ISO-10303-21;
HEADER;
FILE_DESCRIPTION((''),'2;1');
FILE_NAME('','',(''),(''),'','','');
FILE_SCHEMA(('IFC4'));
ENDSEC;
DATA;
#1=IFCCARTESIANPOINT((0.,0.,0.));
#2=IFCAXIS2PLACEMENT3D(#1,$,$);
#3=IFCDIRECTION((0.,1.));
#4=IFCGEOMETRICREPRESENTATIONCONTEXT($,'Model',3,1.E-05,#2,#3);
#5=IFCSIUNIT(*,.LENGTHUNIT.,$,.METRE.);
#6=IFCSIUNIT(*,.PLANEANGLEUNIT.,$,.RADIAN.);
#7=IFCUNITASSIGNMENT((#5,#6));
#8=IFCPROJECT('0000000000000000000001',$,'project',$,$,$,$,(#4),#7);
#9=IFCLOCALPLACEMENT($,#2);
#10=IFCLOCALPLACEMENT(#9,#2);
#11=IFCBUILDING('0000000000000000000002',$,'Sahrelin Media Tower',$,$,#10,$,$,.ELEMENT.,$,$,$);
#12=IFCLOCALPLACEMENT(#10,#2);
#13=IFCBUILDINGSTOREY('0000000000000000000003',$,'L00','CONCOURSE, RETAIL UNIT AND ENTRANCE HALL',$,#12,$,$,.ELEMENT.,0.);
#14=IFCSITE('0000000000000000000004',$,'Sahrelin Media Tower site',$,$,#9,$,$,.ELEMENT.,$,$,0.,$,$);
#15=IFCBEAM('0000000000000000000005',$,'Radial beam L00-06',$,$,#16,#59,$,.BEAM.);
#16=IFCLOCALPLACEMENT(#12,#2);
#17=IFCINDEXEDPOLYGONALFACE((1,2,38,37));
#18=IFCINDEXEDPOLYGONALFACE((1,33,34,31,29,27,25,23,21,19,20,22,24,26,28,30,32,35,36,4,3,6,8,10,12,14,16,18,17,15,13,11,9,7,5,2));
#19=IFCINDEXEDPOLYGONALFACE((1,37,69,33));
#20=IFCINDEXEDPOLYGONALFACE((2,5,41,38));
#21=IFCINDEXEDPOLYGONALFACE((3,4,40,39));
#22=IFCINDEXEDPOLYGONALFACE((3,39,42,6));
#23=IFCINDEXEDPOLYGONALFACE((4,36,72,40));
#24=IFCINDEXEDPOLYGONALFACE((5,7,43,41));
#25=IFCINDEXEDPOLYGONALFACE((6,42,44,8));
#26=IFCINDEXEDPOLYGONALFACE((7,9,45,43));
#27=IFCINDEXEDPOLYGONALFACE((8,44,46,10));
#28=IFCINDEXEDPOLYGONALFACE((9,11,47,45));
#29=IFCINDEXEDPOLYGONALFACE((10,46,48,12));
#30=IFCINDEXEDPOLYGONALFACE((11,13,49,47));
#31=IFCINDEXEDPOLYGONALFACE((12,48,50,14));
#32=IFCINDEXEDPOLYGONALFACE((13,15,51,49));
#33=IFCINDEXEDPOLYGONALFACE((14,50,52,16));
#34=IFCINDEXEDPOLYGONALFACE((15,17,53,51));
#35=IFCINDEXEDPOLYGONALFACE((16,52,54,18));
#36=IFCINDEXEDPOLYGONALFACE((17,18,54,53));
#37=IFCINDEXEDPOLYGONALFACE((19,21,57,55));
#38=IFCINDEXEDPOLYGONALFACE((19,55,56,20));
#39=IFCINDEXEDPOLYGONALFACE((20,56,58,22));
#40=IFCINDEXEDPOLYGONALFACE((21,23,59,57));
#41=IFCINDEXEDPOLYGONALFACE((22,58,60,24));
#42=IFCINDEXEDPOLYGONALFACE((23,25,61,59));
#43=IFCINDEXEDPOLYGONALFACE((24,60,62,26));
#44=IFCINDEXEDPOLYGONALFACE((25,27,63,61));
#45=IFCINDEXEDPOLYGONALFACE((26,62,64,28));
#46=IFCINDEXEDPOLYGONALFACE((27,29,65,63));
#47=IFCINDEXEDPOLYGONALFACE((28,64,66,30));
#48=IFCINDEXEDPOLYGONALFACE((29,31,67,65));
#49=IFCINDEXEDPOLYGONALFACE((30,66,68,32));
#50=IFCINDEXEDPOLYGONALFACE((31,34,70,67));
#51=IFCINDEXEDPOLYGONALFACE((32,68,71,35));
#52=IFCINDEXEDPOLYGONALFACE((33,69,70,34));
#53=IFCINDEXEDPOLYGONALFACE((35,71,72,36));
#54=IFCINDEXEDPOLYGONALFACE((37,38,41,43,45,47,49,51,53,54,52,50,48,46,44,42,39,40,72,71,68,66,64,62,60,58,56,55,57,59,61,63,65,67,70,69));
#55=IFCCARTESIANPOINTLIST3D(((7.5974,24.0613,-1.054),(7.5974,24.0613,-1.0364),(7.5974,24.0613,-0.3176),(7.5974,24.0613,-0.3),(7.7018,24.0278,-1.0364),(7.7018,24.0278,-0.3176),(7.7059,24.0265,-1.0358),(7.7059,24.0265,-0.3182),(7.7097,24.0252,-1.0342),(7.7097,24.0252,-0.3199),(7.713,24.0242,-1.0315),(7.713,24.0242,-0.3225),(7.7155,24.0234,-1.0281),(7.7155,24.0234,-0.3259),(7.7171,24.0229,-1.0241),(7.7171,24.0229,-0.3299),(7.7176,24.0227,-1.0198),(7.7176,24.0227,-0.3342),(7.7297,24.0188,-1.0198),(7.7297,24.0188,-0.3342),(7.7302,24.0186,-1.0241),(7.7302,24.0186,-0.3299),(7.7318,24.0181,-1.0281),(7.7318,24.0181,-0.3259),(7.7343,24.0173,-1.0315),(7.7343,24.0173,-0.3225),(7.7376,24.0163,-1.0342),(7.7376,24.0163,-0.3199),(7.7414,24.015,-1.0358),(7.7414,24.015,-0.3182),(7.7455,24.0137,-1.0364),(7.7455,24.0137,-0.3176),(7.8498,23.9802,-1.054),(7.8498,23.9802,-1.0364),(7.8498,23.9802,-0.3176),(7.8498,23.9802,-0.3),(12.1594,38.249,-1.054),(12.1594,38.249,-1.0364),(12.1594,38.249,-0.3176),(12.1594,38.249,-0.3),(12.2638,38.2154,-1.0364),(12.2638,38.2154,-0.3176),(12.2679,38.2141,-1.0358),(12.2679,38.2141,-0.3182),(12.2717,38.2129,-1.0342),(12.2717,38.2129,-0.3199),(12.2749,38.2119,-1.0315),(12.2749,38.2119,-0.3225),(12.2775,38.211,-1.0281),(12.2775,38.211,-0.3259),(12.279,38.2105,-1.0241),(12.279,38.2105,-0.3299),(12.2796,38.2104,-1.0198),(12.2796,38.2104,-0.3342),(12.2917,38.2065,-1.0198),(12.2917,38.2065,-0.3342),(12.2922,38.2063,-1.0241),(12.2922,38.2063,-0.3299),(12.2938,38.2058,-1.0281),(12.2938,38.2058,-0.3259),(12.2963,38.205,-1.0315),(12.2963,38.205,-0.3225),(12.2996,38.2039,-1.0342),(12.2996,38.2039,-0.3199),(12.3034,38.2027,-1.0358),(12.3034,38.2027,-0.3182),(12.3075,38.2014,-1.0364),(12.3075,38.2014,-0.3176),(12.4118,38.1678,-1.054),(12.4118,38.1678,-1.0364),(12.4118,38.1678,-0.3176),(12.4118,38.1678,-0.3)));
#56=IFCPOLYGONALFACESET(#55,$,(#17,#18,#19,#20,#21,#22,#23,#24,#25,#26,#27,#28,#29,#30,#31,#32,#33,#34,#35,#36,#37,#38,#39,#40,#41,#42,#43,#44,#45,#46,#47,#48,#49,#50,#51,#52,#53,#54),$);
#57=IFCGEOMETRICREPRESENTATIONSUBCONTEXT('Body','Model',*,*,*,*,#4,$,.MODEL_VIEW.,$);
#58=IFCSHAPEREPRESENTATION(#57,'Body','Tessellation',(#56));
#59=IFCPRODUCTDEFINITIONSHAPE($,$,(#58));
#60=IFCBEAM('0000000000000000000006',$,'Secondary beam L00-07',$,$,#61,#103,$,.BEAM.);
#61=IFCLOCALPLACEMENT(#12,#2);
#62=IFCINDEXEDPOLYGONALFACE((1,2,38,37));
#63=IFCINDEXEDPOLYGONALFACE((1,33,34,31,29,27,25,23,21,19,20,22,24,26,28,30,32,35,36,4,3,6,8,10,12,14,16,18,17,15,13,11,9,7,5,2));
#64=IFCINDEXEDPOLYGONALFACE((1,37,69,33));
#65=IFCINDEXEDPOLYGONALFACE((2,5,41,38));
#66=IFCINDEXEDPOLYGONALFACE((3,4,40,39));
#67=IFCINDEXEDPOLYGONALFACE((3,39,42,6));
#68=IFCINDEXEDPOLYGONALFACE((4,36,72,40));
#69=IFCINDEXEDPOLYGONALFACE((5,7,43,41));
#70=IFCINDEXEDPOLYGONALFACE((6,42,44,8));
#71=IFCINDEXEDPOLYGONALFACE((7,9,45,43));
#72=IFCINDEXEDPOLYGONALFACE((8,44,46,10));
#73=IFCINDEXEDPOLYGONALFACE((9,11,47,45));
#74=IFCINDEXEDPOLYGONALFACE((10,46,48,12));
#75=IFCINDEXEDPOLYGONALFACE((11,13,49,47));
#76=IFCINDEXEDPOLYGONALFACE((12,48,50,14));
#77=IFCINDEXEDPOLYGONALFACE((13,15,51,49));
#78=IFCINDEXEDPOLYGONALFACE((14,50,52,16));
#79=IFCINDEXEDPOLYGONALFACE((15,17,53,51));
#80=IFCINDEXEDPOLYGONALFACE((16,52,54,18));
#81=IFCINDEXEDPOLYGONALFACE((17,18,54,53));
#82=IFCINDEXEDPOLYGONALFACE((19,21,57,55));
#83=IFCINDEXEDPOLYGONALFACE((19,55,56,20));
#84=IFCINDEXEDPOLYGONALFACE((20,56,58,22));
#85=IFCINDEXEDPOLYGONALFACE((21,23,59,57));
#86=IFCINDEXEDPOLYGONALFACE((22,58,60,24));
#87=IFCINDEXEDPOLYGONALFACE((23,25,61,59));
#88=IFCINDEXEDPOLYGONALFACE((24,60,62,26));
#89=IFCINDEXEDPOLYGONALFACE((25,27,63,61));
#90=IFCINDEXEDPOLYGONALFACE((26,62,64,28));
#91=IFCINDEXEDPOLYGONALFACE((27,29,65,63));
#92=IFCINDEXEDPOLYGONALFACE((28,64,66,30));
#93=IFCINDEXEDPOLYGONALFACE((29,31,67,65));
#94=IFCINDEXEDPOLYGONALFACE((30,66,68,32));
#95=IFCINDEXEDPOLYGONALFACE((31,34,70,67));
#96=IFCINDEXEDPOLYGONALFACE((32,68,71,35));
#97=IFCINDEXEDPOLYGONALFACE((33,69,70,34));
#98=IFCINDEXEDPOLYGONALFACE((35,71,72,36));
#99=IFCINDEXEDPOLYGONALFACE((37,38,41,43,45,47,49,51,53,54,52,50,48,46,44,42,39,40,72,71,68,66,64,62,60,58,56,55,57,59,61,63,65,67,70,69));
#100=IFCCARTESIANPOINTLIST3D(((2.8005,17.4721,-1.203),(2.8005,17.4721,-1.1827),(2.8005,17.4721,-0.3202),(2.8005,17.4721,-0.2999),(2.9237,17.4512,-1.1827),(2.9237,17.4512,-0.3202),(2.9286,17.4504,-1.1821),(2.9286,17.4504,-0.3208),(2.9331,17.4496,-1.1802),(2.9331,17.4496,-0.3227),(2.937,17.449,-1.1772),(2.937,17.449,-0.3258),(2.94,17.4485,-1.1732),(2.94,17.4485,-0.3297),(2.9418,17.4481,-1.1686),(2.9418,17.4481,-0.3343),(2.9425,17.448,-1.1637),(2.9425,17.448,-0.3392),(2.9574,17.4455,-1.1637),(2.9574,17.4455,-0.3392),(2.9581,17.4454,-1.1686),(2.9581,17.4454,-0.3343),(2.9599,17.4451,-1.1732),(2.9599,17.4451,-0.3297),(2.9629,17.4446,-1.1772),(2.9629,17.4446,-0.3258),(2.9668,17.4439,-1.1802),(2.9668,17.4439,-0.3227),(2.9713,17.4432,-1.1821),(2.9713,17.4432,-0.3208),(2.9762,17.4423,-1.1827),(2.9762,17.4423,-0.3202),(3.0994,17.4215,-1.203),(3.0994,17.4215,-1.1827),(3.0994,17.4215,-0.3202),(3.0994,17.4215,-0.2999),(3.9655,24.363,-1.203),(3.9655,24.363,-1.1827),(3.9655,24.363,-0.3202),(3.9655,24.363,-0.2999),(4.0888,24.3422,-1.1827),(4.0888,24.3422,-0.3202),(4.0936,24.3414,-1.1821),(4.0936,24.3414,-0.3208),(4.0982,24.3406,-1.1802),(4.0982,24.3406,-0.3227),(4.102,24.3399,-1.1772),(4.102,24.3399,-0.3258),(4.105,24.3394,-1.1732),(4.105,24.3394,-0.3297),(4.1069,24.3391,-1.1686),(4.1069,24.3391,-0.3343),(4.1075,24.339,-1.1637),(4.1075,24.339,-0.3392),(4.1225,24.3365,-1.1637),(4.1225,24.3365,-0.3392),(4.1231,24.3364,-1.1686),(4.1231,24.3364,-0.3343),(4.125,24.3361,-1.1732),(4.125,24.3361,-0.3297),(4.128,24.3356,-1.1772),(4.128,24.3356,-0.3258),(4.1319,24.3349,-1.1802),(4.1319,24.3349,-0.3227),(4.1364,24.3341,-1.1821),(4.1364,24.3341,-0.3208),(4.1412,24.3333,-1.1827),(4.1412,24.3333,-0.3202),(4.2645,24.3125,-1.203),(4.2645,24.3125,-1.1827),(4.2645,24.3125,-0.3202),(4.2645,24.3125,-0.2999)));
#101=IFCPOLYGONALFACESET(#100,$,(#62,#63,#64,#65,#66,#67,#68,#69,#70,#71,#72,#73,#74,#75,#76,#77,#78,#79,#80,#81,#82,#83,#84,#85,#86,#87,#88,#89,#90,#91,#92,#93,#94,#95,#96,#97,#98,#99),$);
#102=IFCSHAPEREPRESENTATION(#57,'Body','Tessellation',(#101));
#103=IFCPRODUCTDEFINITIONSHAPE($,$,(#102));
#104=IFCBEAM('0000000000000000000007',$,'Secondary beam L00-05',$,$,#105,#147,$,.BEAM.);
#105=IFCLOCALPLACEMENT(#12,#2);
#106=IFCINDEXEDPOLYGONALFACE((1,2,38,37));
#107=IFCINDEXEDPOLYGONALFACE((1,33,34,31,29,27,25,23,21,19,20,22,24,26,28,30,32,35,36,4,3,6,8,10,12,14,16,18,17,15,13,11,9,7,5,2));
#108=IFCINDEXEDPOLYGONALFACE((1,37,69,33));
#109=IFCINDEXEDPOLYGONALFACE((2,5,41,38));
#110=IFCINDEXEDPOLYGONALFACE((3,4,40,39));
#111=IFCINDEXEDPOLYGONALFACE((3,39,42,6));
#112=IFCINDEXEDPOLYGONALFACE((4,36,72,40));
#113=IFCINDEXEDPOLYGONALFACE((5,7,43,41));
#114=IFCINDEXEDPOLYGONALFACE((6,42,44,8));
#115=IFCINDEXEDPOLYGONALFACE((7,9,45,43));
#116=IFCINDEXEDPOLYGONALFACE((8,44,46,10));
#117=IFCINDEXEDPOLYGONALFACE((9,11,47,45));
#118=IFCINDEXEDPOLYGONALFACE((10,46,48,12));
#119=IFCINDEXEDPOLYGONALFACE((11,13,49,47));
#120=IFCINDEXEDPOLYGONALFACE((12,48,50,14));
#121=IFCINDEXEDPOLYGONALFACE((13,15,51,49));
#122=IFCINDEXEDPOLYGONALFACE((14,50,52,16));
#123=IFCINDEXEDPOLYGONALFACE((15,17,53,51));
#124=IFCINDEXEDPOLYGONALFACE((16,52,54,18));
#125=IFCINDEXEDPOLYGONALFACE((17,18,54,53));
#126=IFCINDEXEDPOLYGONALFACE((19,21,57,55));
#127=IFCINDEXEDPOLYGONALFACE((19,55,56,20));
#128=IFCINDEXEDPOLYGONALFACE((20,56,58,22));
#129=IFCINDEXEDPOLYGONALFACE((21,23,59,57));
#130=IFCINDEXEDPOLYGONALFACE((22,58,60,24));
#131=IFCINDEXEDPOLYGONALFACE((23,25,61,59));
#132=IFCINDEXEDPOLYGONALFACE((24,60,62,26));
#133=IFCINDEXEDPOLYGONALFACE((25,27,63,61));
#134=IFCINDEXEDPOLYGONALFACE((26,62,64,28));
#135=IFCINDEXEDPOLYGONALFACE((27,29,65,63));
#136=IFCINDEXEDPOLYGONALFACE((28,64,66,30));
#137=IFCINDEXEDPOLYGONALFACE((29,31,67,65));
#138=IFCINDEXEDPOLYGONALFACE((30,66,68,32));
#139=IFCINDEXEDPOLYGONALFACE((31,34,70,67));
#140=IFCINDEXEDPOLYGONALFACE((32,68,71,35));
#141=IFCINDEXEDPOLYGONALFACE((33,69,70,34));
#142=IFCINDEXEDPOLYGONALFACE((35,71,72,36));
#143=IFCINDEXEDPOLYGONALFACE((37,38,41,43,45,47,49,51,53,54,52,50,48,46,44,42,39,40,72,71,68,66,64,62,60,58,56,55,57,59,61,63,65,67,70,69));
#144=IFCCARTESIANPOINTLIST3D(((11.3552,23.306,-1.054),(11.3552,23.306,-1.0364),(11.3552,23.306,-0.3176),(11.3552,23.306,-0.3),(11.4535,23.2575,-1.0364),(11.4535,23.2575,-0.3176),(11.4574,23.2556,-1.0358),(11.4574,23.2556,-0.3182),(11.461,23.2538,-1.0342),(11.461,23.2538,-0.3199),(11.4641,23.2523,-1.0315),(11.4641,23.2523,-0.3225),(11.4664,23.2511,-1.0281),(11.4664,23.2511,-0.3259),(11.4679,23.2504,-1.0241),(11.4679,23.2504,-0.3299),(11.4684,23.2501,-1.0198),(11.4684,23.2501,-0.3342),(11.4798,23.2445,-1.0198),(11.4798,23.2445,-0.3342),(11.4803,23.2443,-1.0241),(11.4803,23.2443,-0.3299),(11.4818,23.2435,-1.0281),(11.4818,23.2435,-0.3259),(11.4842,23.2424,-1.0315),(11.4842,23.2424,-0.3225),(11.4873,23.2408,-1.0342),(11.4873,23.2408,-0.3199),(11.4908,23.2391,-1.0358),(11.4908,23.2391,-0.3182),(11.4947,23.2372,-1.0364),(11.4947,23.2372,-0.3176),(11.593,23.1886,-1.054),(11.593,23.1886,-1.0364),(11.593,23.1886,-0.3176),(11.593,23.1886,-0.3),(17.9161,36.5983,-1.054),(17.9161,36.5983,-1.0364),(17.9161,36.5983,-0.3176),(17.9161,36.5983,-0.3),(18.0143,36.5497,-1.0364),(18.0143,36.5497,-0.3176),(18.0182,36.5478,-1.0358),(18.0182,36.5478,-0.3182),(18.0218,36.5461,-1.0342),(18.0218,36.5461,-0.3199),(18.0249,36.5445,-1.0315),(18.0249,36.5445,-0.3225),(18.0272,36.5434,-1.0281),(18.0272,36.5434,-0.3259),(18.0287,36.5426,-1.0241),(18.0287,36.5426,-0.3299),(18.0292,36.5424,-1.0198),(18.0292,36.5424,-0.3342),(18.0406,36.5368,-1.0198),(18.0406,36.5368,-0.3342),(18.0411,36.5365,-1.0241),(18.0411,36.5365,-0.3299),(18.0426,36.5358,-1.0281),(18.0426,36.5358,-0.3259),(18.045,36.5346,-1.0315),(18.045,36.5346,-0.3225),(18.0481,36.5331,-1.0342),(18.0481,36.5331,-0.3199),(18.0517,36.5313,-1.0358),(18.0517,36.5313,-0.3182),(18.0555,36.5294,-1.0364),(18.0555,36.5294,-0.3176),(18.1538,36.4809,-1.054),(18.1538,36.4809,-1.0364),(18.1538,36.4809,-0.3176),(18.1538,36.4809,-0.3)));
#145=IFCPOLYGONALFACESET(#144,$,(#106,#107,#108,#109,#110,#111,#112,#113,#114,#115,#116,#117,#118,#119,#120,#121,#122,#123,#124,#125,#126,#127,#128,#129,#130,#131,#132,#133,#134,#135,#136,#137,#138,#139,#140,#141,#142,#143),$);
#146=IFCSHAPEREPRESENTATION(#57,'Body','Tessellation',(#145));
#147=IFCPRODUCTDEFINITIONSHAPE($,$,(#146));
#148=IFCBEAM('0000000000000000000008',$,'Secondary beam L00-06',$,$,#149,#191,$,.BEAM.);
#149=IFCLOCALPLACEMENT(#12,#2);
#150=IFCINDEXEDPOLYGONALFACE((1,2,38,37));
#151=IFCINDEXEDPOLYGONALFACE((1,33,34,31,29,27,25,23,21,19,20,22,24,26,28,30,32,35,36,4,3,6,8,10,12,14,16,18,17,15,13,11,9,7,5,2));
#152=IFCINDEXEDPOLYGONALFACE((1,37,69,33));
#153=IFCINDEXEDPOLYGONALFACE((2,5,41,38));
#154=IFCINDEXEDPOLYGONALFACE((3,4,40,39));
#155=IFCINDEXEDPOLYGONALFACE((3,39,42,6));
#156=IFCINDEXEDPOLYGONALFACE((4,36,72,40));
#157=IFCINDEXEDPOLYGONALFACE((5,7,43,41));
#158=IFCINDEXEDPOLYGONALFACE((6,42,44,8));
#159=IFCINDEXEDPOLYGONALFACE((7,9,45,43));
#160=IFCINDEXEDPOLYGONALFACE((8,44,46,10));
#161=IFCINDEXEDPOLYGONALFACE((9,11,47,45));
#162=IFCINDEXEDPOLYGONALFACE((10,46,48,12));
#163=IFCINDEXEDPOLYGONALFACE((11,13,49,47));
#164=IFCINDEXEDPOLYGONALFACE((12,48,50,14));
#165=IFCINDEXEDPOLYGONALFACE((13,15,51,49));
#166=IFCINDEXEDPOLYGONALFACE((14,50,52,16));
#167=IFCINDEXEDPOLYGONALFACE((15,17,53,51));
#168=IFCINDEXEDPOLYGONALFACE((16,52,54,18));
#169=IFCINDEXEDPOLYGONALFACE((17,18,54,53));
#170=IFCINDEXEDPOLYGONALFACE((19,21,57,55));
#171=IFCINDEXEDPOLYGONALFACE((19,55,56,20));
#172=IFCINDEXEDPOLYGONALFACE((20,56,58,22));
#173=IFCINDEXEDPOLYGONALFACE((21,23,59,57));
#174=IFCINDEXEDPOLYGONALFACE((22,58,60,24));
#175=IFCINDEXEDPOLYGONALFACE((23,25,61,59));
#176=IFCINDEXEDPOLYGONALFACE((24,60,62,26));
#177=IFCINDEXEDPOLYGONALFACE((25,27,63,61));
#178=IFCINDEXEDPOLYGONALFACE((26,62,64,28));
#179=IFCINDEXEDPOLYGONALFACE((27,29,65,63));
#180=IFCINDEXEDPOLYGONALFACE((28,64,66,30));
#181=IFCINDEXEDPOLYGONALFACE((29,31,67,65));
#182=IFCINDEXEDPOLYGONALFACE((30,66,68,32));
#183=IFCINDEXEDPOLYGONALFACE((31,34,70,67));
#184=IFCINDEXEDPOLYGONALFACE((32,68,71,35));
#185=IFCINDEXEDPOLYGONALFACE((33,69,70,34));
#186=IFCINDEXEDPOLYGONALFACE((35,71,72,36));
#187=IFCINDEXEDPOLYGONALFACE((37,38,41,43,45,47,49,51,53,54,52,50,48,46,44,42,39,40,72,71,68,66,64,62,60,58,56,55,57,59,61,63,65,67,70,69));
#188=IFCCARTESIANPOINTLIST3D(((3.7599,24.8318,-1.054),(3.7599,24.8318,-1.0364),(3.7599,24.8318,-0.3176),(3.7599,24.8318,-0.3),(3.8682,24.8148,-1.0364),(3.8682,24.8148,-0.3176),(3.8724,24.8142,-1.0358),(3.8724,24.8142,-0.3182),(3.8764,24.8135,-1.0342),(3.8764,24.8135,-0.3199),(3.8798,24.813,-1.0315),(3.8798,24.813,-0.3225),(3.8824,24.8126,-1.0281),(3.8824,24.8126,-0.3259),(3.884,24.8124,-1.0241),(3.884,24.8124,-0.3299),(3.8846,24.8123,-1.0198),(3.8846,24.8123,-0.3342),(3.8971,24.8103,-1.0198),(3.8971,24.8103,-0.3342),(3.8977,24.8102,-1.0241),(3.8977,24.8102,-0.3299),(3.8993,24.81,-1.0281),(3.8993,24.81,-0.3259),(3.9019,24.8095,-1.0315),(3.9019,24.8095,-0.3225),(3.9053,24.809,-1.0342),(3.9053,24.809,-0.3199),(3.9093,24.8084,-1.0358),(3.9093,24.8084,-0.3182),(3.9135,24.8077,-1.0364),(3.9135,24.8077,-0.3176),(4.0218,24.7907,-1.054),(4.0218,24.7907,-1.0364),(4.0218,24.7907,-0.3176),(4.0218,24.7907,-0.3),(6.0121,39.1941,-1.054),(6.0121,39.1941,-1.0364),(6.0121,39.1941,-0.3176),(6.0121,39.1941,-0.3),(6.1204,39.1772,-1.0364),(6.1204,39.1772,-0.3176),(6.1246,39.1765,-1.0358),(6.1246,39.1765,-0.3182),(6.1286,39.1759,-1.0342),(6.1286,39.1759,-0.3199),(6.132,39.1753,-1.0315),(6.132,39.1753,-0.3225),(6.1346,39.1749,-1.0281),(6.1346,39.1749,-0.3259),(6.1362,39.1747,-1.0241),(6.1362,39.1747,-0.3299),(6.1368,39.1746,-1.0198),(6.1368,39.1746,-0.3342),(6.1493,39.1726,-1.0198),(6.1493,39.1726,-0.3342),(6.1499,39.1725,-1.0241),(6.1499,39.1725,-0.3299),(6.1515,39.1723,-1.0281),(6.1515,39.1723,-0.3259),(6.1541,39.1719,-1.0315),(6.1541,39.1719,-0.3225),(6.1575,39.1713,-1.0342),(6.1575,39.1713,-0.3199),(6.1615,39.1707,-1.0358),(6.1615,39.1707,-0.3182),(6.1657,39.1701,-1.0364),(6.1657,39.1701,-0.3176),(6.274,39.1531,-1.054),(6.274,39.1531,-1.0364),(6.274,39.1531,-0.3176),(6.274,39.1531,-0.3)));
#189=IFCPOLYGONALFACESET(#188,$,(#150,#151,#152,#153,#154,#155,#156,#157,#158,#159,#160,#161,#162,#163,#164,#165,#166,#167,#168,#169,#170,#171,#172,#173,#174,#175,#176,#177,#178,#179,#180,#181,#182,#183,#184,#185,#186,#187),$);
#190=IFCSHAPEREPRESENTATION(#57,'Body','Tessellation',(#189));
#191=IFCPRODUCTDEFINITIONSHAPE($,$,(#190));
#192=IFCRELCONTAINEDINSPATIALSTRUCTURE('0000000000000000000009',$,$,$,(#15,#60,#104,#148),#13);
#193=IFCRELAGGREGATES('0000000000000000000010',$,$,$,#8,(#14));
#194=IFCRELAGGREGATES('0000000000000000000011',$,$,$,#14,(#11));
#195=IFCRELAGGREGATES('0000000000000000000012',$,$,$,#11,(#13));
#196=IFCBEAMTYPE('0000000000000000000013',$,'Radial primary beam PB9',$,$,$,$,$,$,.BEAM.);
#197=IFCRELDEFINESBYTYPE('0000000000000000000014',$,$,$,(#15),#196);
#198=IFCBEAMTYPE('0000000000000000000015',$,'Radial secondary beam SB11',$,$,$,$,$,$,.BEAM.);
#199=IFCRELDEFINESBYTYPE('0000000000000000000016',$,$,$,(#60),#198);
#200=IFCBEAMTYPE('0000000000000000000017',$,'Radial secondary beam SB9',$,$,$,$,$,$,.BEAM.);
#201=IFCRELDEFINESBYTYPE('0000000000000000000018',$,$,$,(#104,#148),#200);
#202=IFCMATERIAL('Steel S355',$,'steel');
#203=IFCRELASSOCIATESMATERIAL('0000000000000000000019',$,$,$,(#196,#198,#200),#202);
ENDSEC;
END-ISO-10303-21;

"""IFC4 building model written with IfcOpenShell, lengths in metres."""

from ifc_helpers import new_model, si_unit, direction, frame, origin, origin_2d, place, context, subcontext, project, spatial, i_section, extrude, material, material_profile, profile_set, type_object, element, save


model = new_model("IFC4")

# Units and contexts
model_context = context("Model", 3, precision=1e-05, world=origin(), true_north=direction((0.0, 1.0)))
body_context = subcontext(model_context, "Body", "Model", "MODEL_VIEW")
ifc_project = project(units=[si_unit("LENGTHUNIT", "METRE"), si_unit("PLANEANGLEUNIT", "RADIAN")], contexts=[model_context])

# Site, building, storey
site_placement = place(None, origin())
site = spatial("IfcSite", under=ifc_project, at=site_placement, Name="Sahrelin Media Tower site", CompositionType="ELEMENT", RefElevation=0.0)
building_placement = place(site_placement, origin())
building = spatial("IfcBuilding", under=site, at=building_placement, Name="Sahrelin Media Tower", CompositionType="ELEMENT")
storey_placement = place(building_placement, origin())
storey = spatial("IfcBuildingStorey", under=building, at=storey_placement, Name="L00", Description="CONCOURSE, RETAIL UNIT AND ENTRANCE HALL", CompositionType="ELEMENT", Elevation=0.0)

# Beams
ifc_material_1 = material(Name="Steel S355", Category="steel")
ifc_material_profile_1 = material_profile(ifc_material_1, i_section(OverallWidth=0.2651, OverallDepth=0.7539, WebThickness=0.0127, FlangeThickness=0.0176, FilletRadius=0.0166, at=origin_2d()), Name="UB 762x267x147")
ifc_profile_set_1 = profile_set([ifc_material_profile_1], Name="Steel S355")
beam_type_1 = type_object("IfcBeamType", Name="Radial primary beam PB9", PredefinedType="BEAM", material=ifc_profile_set_1)
beam_1_placement = place(storey_placement, frame((7.7236, 24.0208, -0.677), z_axis=(0.30611, 0.951996, 0.0), x_axis=(-0.951996, 0.30611, 0.0)))
element("IfcBeam", 1, at=beam_1_placement, inside=storey, type_object=beam_type_1, Name="Radial beam L00-06", PredefinedType="BEAM", context=body_context, shape_type="SweptSolid", body=[
    extrude(i_section(OverallWidth=0.2651, OverallDepth=0.7539, WebThickness=0.0127, FlangeThickness=0.0176, FilletRadius=0.0166, at=origin_2d()), origin(), (0.0, 0.0, 1.0), 14.9031),
])
ifc_material_profile_2 = material_profile(ifc_material_1, i_section(OverallWidth=0.3032, OverallDepth=0.9031, WebThickness=0.0151, FlangeThickness=0.0203, FilletRadius=0.019, at=origin_2d()), Name="UB 914x305x201")
ifc_profile_set_2 = profile_set([ifc_material_profile_2], Name="Steel S355")
beam_type_2 = type_object("IfcBeamType", Name="Radial secondary beam SB11", PredefinedType="BEAM", material=ifc_profile_set_2)
beam_2_placement = place(storey_placement, frame((2.95, 17.4468, -0.7515), z_axis=(0.166704, 0.986007, 0.0), x_axis=(-0.986007, 0.166704, 0.0)))
element("IfcBeam", 2, at=beam_2_placement, inside=storey, type_object=beam_type_2, Name="Secondary beam L00-07", PredefinedType="BEAM", context=body_context, shape_type="SweptSolid", body=[
    extrude(i_section(OverallWidth=0.3032, OverallDepth=0.9031, WebThickness=0.0151, FlangeThickness=0.0203, FilletRadius=0.019, at=origin_2d()), origin(), (0.0, 0.0, 1.0), 6.9888),
])
ifc_material_profile_3 = material_profile(ifc_material_1, i_section(OverallWidth=0.2651, OverallDepth=0.7539, WebThickness=0.0127, FlangeThickness=0.0176, FilletRadius=0.0166, at=origin_2d()), Name="UB 762x267x147")
ifc_profile_set_3 = profile_set([ifc_material_profile_3], Name="Steel S355")
beam_type_3 = type_object("IfcBeamType", Name="Radial secondary beam SB9", PredefinedType="BEAM", material=ifc_profile_set_3)
beam_3_placement = place(storey_placement, frame((11.4741, 23.2473, -0.677), z_axis=(0.442603, 0.896718, 0.0), x_axis=(-0.896718, 0.442603, 0.0)))
element("IfcBeam", 3, at=beam_3_placement, inside=storey, type_object=beam_type_3, Name="Secondary beam L00-05", PredefinedType="BEAM", context=body_context, shape_type="SweptSolid", body=[
    extrude(i_section(OverallWidth=0.2651, OverallDepth=0.7539, WebThickness=0.0127, FlangeThickness=0.0176, FilletRadius=0.0166, at=origin_2d()), origin(), (0.0, 0.0, 1.0), 14.8232),
])
beam_4_placement = place(storey_placement, frame((3.8909, 24.8113, -0.677), z_axis=(0.15492, 0.987927, 0.0), x_axis=(-0.987927, 0.15492, 0.0)))
element("IfcBeam", 4, at=beam_4_placement, inside=storey, type_object=beam_type_3, Name="Secondary beam L00-06", PredefinedType="BEAM", context=body_context, shape_type="SweptSolid", body=[
    extrude(i_section(OverallWidth=0.2651, OverallDepth=0.7539, WebThickness=0.0127, FlangeThickness=0.0176, FilletRadius=0.0166, at=origin_2d()), origin(), (0.0, 0.0, 1.0), 14.5378),
])

save(model, "model.ifc")
